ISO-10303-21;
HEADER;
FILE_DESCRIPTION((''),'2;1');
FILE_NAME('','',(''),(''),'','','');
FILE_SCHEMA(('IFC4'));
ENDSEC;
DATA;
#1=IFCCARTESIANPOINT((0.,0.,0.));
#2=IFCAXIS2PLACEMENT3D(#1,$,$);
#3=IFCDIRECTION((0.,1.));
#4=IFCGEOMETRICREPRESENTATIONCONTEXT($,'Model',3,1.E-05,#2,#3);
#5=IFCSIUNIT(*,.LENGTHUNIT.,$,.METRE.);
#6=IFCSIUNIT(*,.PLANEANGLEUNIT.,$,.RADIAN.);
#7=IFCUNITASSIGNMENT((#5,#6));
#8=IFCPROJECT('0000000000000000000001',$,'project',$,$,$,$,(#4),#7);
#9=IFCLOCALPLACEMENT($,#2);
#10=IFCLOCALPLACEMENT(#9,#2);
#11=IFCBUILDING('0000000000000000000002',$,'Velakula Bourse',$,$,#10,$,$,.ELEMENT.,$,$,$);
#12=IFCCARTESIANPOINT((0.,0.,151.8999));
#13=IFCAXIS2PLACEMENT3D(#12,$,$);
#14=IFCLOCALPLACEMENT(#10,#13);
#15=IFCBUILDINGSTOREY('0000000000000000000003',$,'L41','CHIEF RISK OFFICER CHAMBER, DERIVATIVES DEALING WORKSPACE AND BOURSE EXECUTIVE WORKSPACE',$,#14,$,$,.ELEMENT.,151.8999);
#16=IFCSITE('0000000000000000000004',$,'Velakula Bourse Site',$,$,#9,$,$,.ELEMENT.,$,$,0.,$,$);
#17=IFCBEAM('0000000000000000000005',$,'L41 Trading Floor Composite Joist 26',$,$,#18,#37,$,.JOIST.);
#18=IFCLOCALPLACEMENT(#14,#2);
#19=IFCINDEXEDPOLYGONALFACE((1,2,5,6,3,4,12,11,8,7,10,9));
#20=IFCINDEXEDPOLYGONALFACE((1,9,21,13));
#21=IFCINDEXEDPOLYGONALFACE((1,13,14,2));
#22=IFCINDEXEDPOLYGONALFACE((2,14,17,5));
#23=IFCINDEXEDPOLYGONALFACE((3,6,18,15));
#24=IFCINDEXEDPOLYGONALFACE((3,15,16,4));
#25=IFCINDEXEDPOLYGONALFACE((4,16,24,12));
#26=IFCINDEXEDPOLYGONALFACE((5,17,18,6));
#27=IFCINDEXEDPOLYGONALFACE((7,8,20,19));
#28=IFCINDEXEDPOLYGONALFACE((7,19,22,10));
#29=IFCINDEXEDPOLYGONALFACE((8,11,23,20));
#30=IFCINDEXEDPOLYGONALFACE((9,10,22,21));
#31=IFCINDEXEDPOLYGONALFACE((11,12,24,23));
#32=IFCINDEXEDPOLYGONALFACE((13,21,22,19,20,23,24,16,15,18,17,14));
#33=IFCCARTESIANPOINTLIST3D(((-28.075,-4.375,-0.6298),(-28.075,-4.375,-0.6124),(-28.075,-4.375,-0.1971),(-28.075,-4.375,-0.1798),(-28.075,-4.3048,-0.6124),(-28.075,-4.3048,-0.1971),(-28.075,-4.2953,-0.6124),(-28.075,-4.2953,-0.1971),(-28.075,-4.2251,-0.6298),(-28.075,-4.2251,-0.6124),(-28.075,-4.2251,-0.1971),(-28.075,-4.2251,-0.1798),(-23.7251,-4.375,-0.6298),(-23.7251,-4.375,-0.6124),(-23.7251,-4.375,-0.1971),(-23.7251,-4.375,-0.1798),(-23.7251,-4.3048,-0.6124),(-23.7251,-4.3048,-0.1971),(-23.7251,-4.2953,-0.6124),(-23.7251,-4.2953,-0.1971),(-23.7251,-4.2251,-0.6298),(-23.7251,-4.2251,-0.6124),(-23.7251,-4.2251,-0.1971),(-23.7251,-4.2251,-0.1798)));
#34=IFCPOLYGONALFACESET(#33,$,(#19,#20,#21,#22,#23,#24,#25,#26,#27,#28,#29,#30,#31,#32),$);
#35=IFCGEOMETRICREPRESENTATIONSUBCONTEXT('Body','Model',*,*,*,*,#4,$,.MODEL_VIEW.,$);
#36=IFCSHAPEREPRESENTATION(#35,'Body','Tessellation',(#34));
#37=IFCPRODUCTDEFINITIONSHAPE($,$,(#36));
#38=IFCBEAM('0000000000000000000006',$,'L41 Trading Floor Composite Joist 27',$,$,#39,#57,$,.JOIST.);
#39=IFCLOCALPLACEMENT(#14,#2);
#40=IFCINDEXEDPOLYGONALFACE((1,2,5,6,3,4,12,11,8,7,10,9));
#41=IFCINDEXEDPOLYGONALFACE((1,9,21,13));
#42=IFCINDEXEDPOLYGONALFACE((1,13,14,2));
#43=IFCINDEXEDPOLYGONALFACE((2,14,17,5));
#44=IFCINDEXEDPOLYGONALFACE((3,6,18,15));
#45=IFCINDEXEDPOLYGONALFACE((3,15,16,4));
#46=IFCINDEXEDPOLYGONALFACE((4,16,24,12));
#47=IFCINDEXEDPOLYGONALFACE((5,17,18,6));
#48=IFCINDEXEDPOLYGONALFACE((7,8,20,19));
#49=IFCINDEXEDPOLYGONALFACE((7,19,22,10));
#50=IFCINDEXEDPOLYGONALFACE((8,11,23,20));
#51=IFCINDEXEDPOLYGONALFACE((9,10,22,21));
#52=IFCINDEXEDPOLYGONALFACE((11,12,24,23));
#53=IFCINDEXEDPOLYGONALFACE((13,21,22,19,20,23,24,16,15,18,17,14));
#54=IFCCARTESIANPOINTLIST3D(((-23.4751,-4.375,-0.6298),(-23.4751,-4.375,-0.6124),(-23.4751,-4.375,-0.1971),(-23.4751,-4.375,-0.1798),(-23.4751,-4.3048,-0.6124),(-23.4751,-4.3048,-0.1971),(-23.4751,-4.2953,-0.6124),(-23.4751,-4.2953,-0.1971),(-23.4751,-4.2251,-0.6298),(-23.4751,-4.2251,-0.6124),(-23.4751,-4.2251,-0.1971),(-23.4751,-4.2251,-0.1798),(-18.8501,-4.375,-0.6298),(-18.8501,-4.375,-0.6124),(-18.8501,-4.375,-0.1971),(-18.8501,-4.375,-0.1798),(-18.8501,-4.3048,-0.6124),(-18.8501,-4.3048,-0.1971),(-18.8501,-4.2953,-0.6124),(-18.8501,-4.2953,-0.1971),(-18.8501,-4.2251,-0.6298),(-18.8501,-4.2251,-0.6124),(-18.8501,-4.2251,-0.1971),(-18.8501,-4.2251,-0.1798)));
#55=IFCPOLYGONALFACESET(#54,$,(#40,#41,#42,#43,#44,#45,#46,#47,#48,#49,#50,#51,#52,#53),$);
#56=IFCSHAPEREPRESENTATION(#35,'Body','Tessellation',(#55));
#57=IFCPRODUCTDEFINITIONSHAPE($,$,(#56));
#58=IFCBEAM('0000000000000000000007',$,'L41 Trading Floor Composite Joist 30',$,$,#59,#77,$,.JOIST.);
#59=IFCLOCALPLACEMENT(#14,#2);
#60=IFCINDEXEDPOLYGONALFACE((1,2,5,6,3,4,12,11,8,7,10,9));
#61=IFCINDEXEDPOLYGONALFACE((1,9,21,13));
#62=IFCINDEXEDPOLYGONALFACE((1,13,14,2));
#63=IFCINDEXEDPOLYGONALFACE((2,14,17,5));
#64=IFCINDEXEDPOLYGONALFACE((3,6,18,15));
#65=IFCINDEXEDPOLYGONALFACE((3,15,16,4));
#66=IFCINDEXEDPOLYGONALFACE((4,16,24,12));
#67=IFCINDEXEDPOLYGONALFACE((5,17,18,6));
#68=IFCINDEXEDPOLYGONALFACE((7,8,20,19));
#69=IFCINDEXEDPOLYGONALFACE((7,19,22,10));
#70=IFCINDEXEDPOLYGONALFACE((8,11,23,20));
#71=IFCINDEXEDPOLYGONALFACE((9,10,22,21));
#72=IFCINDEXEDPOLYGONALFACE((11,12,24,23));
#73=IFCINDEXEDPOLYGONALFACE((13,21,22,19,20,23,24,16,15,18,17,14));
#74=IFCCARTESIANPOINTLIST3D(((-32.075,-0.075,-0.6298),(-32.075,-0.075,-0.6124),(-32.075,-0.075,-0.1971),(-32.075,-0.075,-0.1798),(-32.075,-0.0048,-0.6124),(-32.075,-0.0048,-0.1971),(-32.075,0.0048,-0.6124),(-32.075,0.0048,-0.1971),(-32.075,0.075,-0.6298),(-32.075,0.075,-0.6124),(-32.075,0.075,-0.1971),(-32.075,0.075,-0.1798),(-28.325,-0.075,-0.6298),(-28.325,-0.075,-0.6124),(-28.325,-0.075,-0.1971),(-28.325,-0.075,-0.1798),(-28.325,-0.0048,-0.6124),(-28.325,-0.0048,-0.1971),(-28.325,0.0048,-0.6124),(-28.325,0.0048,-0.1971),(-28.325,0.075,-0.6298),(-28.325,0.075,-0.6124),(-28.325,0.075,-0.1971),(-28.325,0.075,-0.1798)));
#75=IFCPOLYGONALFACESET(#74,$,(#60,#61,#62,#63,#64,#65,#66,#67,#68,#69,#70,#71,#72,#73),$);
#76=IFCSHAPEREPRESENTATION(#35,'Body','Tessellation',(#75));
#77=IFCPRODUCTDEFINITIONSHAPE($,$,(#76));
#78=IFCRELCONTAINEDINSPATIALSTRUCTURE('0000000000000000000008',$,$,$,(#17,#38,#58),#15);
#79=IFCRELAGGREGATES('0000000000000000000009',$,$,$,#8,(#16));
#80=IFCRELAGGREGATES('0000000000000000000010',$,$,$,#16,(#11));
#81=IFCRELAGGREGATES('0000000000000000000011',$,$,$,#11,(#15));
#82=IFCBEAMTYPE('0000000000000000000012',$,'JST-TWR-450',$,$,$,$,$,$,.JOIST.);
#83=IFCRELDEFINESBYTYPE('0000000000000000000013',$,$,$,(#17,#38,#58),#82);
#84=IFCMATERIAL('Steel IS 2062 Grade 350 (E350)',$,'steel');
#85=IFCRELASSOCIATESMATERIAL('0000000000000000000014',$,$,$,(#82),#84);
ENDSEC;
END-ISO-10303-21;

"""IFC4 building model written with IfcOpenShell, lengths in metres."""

from ifc_helpers import new_model, si_unit, direction, frame, origin, origin_2d, place, context, subcontext, project, spatial, i_section, extrude, material, material_profile, profile_set, type_object, element, save


model = new_model("IFC4")

# Units and contexts
model_context = context("Model", 3, precision=1e-05, world=origin(), true_north=direction((0.0, 1.0)))
body_context = subcontext(model_context, "Body", "Model", "MODEL_VIEW")
ifc_project = project(units=[si_unit("LENGTHUNIT", "METRE"), si_unit("PLANEANGLEUNIT", "RADIAN")], contexts=[model_context])

# Site, building, storey
site_placement = place(None, origin())
site = spatial("IfcSite", under=ifc_project, at=site_placement, Name="Velakula Bourse Site", CompositionType="ELEMENT", RefElevation=0.0)
building_placement = place(site_placement, origin())
building = spatial("IfcBuilding", under=site, at=building_placement, Name="Velakula Bourse", CompositionType="ELEMENT")
storey_placement = place(building_placement, frame((0.0, 0.0, 151.8999)))
storey = spatial("IfcBuildingStorey", under=building, at=storey_placement, Name="L41", Description="CHIEF RISK OFFICER CHAMBER, DERIVATIVES DEALING WORKSPACE AND BOURSE EXECUTIVE WORKSPACE", CompositionType="ELEMENT", Elevation=151.8999)

# Shared definitions
ifc_material = material(Name="Steel IS 2062 Grade 350 (E350)", Category="steel")

# Beams
ifc_material_profile_1 = material_profile(ifc_material, i_section(OverallWidth=0.1499, OverallDepth=0.45, WebThickness=0.0095, FlangeThickness=0.0173, at=origin_2d()), Name="Steel IS 2062 Grade 350 (E350)")
ifc_profile_set_1 = profile_set([ifc_material_profile_1], Name="Steel IS 2062 Grade 350 (E350)")
beam_type_1 = type_object("IfcBeamType", Name="JST-TWR-450", PredefinedType="JOIST", material=ifc_profile_set_1)
beam_1_placement = place(storey_placement, frame((-28.075, -4.3, -0.4048), z_axis=(1.0, 0.0, 0.0), x_axis=(0.0, 1.0, 0.0)))
element("IfcBeam", 1, at=beam_1_placement, inside=storey, type_object=beam_type_1, Name="L41 Trading Floor Composite Joist 26", PredefinedType="JOIST", context=body_context, shape_type="SweptSolid", body=[
    extrude(i_section(OverallWidth=0.1499, OverallDepth=0.45, WebThickness=0.0095, FlangeThickness=0.0173, at=origin_2d()), origin(), (0.0, 0.0, 1.0), 4.3499),
])
beam_2_placement = place(storey_placement, frame((-23.4751, -4.3, -0.4048), z_axis=(1.0, 0.0, 0.0), x_axis=(0.0, 1.0, 0.0)))
element("IfcBeam", 2, at=beam_2_placement, inside=storey, type_object=beam_type_1, Name="L41 Trading Floor Composite Joist 27", PredefinedType="JOIST", context=body_context, shape_type="SweptSolid", body=[
    extrude(i_section(OverallWidth=0.1499, OverallDepth=0.45, WebThickness=0.0095, FlangeThickness=0.0173, at=origin_2d()), origin(), (0.0, 0.0, 1.0), 4.625),
])
beam_3_placement = place(storey_placement, frame((-32.075, 0.0, -0.4048), z_axis=(1.0, 0.0, 0.0), x_axis=(0.0, 1.0, 0.0)))
element("IfcBeam", 3, at=beam_3_placement, inside=storey, type_object=beam_type_1, Name="L41 Trading Floor Composite Joist 30", PredefinedType="JOIST", context=body_context, shape_type="SweptSolid", body=[
    extrude(i_section(OverallWidth=0.1499, OverallDepth=0.45, WebThickness=0.0095, FlangeThickness=0.0173, at=origin_2d()), origin(), (0.0, 0.0, 1.0), 3.75),
])

save(model, "model.ifc")
